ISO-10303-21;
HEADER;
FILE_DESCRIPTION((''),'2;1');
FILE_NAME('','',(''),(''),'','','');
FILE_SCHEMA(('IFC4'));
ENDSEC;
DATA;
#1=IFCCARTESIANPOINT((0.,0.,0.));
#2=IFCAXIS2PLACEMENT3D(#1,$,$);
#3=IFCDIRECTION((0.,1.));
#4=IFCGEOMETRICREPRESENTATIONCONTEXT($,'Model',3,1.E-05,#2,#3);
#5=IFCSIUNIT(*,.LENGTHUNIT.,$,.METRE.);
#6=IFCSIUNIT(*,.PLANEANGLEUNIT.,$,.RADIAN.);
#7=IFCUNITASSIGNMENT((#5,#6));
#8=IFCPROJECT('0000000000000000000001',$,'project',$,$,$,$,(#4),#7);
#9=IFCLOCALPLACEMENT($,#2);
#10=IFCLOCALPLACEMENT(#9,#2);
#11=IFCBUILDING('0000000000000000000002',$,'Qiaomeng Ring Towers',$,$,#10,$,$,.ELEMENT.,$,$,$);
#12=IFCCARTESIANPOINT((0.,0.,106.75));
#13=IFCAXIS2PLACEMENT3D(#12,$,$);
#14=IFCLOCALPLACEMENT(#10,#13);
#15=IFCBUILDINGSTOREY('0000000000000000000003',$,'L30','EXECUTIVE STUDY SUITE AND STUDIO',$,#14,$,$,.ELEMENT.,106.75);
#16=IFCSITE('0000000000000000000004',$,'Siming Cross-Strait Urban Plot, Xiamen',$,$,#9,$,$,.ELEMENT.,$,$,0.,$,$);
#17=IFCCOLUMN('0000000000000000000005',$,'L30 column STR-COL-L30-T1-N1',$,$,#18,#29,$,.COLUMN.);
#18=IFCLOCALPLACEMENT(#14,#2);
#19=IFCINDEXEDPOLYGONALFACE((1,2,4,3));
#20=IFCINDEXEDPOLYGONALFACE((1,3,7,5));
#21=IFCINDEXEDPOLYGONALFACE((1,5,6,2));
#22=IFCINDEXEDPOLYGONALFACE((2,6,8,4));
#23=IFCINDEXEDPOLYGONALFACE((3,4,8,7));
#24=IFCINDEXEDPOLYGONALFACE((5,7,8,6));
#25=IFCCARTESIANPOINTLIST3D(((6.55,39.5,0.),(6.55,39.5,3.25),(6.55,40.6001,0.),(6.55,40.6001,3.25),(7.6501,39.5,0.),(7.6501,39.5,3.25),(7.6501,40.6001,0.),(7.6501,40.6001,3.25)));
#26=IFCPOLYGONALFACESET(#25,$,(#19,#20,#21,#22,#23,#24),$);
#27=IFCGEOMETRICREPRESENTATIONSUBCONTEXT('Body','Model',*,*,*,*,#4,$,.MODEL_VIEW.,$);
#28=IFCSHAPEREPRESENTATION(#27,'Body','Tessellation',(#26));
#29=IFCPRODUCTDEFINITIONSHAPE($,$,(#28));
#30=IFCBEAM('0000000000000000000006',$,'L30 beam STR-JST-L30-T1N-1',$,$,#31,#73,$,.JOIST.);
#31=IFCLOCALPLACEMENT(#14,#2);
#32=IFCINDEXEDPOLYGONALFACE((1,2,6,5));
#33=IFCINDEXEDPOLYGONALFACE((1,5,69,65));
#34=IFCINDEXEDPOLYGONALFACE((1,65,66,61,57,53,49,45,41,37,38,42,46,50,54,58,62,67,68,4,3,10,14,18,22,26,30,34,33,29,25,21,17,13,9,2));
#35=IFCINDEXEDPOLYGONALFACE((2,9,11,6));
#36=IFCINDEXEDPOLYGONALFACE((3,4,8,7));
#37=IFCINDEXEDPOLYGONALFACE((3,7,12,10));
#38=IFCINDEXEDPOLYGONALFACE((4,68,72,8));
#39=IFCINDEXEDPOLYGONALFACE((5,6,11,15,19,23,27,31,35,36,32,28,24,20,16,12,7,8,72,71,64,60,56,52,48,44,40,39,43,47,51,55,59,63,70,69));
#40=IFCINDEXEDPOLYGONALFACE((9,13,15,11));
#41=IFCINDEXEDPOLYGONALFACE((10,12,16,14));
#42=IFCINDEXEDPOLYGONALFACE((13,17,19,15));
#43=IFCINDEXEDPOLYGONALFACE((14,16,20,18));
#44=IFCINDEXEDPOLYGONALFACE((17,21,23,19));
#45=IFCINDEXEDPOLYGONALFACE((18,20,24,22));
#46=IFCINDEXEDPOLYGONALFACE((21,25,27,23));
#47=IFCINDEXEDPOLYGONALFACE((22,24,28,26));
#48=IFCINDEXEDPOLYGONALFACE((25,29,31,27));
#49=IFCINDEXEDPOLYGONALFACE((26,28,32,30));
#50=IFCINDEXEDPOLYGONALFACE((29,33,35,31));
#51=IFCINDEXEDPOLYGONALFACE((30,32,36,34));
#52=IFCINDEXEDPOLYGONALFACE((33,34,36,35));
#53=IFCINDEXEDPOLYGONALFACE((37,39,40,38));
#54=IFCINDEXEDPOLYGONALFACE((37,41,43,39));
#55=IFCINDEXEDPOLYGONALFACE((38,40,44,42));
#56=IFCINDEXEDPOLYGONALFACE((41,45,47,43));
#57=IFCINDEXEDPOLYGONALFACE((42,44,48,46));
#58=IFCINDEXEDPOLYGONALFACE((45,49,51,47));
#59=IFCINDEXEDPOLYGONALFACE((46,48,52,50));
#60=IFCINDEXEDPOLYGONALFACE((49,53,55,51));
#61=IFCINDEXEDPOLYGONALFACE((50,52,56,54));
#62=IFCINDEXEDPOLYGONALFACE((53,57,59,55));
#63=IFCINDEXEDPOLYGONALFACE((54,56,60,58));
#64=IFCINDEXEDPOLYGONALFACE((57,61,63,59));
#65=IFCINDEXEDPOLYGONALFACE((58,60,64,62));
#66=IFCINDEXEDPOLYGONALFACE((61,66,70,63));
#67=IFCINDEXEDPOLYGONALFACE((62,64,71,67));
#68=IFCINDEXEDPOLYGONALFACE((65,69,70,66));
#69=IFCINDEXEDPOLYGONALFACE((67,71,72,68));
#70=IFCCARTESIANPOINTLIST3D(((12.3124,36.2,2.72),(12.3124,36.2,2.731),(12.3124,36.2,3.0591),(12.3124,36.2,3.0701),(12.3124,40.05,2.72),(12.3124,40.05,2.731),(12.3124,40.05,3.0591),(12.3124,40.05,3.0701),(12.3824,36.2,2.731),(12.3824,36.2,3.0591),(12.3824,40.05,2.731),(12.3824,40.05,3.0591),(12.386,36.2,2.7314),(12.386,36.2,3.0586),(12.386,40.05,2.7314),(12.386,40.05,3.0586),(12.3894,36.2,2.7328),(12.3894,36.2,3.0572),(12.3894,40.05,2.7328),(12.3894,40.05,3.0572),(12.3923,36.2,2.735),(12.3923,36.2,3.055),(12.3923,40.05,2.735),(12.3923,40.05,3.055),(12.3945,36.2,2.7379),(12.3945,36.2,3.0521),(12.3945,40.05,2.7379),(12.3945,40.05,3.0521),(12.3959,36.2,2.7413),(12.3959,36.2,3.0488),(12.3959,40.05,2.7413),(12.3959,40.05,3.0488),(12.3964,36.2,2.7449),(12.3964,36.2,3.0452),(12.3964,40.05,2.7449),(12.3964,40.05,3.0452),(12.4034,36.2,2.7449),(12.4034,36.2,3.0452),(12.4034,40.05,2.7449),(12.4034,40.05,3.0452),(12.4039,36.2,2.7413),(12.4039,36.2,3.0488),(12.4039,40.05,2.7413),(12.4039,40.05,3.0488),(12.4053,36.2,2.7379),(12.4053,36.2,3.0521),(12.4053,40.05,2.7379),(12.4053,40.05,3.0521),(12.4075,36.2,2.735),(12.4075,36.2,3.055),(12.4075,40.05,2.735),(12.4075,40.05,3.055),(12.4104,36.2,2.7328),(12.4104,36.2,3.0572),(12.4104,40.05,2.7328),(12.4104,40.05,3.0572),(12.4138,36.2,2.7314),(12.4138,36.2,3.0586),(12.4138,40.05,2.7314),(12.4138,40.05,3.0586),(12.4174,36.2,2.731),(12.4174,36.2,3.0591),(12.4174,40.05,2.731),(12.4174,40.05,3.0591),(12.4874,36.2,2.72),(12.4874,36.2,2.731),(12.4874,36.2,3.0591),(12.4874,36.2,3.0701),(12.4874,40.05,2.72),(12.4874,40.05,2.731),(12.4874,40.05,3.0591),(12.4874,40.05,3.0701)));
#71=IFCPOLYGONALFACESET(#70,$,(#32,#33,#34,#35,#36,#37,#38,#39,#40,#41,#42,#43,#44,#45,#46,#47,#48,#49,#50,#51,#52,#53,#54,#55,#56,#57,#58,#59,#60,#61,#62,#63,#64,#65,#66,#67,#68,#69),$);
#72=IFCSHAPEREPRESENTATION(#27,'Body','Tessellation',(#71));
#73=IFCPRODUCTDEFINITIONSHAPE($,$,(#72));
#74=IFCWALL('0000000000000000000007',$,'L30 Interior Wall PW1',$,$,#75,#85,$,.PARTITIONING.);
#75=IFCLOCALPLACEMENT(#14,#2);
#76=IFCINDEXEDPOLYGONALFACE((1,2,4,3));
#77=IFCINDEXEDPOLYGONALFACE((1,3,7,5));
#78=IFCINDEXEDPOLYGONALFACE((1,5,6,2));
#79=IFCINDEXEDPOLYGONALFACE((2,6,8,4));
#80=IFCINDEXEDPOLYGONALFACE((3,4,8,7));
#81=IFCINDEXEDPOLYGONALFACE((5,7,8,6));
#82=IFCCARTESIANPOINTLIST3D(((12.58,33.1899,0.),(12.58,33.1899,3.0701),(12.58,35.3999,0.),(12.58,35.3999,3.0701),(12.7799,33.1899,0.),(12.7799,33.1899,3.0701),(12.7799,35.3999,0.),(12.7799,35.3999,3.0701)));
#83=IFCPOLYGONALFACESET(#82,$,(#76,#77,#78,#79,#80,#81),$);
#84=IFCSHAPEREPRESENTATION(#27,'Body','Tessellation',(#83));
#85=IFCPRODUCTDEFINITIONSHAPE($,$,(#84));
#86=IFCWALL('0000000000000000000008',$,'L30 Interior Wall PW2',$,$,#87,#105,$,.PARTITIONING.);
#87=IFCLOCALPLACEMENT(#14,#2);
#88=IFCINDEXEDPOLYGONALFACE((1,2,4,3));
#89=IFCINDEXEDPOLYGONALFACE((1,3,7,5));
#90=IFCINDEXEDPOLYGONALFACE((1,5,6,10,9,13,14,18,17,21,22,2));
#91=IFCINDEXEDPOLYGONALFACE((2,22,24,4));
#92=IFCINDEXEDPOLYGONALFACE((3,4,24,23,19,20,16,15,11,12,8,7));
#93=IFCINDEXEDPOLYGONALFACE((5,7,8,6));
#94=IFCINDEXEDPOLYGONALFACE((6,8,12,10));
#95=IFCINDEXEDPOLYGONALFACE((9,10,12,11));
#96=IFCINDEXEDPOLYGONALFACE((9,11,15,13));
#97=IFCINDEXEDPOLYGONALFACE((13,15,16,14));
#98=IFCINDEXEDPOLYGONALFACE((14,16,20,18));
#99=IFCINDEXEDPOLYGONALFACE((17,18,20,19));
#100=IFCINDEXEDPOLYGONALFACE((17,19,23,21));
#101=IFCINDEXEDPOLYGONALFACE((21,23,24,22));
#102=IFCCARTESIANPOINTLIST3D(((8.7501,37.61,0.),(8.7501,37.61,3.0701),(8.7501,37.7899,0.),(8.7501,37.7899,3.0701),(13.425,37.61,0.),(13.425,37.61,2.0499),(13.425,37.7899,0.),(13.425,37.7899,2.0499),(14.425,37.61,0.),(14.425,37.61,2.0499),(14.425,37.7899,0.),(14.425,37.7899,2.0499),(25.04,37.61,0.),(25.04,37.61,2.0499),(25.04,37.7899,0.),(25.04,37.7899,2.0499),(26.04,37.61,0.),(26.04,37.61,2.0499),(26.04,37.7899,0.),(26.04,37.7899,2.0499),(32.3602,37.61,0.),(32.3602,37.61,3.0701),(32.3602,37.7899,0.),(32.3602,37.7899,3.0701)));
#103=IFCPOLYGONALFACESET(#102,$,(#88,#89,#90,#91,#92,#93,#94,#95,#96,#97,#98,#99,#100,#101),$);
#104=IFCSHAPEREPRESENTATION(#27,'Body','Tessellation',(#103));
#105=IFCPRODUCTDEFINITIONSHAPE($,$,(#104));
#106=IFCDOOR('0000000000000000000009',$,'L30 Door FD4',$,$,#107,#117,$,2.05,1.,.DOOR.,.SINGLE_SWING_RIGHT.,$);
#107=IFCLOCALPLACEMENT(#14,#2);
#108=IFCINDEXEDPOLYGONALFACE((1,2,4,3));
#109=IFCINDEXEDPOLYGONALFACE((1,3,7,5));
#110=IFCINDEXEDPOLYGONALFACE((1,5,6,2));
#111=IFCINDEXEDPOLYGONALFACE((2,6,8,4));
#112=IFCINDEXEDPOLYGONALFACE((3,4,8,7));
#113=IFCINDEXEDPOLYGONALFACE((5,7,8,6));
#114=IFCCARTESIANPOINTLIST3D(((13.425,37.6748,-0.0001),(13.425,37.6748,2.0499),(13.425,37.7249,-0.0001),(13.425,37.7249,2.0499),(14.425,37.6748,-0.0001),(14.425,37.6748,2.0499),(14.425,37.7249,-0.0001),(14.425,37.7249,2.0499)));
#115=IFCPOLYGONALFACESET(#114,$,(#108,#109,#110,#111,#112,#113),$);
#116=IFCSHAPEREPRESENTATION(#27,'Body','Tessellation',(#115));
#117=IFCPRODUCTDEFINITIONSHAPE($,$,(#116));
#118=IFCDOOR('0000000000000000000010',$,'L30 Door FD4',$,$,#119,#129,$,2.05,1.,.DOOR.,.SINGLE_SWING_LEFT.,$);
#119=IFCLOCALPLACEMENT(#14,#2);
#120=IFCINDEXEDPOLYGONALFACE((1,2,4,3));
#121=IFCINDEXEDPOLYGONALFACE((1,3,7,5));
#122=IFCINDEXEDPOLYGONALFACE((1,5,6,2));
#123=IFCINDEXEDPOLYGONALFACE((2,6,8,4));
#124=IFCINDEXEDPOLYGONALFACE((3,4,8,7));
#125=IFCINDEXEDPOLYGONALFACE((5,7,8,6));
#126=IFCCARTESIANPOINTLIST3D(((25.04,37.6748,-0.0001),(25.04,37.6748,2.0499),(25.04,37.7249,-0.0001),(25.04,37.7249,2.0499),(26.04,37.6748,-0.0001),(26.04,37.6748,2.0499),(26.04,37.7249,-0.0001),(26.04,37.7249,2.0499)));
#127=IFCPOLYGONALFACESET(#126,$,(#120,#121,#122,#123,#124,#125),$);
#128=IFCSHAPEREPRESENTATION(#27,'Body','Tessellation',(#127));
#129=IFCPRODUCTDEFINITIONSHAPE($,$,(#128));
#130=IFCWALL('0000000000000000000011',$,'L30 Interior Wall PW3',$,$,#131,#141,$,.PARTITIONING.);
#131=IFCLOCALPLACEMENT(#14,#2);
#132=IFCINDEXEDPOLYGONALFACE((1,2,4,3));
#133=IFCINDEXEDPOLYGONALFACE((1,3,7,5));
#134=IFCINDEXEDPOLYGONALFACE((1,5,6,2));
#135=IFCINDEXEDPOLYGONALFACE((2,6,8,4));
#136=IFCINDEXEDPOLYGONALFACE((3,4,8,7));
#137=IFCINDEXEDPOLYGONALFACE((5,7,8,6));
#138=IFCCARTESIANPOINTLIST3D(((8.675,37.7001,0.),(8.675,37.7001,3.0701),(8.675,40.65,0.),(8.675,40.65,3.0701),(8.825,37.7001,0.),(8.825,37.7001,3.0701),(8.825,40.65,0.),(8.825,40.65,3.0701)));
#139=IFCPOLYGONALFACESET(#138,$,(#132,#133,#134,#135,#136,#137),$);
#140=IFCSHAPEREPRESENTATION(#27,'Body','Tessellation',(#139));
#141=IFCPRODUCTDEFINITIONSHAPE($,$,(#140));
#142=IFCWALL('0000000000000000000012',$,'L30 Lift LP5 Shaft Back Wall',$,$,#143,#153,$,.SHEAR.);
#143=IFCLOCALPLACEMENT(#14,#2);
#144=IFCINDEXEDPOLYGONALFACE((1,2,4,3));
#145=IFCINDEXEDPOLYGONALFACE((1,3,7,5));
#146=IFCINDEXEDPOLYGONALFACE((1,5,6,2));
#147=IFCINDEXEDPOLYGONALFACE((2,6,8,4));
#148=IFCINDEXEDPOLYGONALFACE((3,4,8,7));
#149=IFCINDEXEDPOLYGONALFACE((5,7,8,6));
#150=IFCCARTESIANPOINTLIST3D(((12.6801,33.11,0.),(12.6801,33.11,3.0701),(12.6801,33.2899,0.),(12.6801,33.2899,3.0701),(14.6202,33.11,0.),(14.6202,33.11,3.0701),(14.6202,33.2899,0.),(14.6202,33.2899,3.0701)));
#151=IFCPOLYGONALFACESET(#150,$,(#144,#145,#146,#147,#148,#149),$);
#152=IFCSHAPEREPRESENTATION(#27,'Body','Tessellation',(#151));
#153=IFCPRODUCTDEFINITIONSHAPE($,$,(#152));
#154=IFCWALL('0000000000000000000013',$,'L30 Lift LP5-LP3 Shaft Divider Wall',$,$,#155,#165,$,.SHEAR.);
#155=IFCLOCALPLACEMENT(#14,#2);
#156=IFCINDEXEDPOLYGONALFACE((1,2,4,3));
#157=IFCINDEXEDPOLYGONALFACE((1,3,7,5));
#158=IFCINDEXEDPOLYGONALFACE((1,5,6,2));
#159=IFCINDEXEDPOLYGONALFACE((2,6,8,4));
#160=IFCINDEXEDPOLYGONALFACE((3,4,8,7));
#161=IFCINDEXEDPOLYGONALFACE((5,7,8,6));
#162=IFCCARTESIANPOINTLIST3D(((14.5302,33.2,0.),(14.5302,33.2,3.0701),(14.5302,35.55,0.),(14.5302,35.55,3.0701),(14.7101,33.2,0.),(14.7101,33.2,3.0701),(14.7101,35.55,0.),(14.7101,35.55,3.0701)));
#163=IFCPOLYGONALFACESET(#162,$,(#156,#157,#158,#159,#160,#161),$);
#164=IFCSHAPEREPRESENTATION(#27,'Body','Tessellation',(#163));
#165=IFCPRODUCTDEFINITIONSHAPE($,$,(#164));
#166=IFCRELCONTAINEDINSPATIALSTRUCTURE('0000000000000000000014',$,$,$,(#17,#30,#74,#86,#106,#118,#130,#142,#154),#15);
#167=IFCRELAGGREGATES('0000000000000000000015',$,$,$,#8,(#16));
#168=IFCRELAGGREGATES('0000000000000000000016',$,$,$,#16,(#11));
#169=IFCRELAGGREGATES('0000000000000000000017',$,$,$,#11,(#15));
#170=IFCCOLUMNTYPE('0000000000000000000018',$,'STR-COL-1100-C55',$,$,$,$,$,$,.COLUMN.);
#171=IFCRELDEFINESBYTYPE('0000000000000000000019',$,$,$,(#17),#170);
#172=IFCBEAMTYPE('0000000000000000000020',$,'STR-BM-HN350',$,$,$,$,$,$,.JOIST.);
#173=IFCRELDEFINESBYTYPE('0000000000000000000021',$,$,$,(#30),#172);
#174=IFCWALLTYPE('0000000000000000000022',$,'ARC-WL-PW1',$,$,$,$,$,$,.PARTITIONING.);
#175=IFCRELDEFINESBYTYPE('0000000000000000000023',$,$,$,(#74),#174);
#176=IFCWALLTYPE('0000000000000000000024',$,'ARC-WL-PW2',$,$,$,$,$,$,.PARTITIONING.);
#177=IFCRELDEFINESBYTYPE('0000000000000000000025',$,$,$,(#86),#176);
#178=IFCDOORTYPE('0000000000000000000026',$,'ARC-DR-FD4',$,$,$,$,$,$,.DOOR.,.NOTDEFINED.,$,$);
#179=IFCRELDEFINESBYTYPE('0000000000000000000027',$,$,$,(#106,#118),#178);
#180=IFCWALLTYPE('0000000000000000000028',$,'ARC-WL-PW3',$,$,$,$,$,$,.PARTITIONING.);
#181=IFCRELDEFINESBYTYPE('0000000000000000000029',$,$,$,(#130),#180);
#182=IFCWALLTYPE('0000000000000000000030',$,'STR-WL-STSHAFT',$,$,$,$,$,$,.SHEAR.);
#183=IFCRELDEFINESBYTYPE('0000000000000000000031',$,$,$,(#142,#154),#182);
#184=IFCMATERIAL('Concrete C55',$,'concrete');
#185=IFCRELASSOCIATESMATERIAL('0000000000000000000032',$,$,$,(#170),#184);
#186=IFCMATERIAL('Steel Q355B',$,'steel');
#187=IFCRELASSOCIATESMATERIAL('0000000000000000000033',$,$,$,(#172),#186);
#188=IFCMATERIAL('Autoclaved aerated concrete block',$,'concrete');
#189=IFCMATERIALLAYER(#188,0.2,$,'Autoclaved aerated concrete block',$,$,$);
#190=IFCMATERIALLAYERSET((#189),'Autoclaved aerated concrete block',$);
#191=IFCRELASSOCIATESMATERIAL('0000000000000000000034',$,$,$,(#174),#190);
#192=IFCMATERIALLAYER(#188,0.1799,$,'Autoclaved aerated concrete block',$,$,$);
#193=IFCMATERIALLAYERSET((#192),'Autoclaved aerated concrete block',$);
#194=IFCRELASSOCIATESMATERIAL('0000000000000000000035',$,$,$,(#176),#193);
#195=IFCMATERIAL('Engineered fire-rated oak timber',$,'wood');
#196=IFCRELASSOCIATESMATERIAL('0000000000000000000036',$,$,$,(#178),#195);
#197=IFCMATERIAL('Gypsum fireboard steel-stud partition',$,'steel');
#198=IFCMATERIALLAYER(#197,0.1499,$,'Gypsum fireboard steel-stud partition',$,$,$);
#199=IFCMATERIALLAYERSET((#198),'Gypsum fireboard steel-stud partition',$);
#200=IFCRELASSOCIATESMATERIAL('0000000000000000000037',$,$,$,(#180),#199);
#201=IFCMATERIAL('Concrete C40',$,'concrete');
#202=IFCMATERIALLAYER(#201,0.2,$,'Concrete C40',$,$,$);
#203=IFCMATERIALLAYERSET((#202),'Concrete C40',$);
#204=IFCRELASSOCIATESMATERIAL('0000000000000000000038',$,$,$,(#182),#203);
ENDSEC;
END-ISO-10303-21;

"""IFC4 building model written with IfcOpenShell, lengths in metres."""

from ifc_helpers import new_model, si_unit, direction, frame, frame_2d, origin, origin_2d, place, context, subcontext, project, spatial, rectangle, i_section, extrude, source, transform, mapped, material, layer, layer_set, material_profile, profile_set, type_object, element, fill, save


model = new_model("IFC4")

# Units and contexts
model_context = context("Model", 3, precision=1e-05, world=origin(), true_north=direction((0.0, 1.0)))
body_context = subcontext(model_context, "Body", "Model", "MODEL_VIEW")
ifc_project = project(units=[si_unit("LENGTHUNIT", "METRE"), si_unit("PLANEANGLEUNIT", "RADIAN")], contexts=[model_context])

# Site, building, storey
site_placement = place(None, origin())
site = spatial("IfcSite", under=ifc_project, at=site_placement, Name="Siming Cross-Strait Urban Plot, Xiamen", CompositionType="ELEMENT", RefElevation=0.0)
building_placement = place(site_placement, origin())
building = spatial("IfcBuilding", under=site, at=building_placement, Name="Qiaomeng Ring Towers", CompositionType="ELEMENT")
storey_placement = place(building_placement, frame((0.0, 0.0, 106.75)))
storey = spatial("IfcBuildingStorey", under=building, at=storey_placement, Name="L30", Description="EXECUTIVE STUDY SUITE AND STUDIO", CompositionType="ELEMENT", Elevation=106.75)

# Column
ifc_material_1 = material(Name="Concrete C55", Category="concrete")
ifc_material_profile_1 = material_profile(ifc_material_1, rectangle(XDim=1.1001, YDim=1.1001, at=origin_2d()), Name="RC COL 1100x1100")
ifc_profile_set_1 = profile_set([ifc_material_profile_1], Name="Concrete C55")
column_type = type_object("IfcColumnType", Name="STR-COL-1100-C55", PredefinedType="COLUMN", material=ifc_profile_set_1)
shared_shape_1 = source(origin(), body_context, "Body", "SweptSolid", [
    extrude(rectangle(XDim=1.1001, YDim=1.1001, at=origin_2d()), origin(), (0.0, 0.0, 1.0), 3.25),
])
column_placement = place(storey_placement, frame((7.1001, 40.05, 0.0), z_axis=(0.0, 0.0, 1.0), x_axis=(1.0, 0.0, 0.0)))
element("IfcColumn", 1, at=column_placement, inside=storey, type_object=column_type, Name="L30 column STR-COL-L30-T1-N1", PredefinedType="COLUMN", context=body_context, shape_type="MappedRepresentation", body=[
    mapped(shared_shape_1, transform((0.0, 0.0, 0.0), x_axis=(1.0, 0.0, 0.0), y_axis=(0.0, 1.0, 0.0), z_axis=(0.0, 0.0, 1.0), scale=1.0)),
])

# Beam
ifc_material_2 = material(Name="Steel Q355B", Category="steel")
ifc_material_profile_2 = material_profile(ifc_material_2, i_section(OverallWidth=0.175, OverallDepth=0.3501, WebThickness=0.0071, FlangeThickness=0.011, FilletRadius=0.0139, at=origin_2d()), Name="HN 350x175x7x11")
ifc_profile_set_2 = profile_set([ifc_material_profile_2], Name="Steel Q355B")
beam_type = type_object("IfcBeamType", Name="STR-BM-HN350", PredefinedType="JOIST", material=ifc_profile_set_2)
shared_shape_2 = source(origin(), body_context, "Body", "SweptSolid", [
    extrude(i_section(OverallWidth=0.175, OverallDepth=0.3501, WebThickness=0.0071, FlangeThickness=0.011, FilletRadius=0.0139, at=origin_2d()), origin(), (0.0, 0.0, 1.0), 3.8501),
])
beam_placement = place(storey_placement, frame((12.3999, 36.2, 2.895), z_axis=(0.0, 1.0, 0.0), x_axis=(-1.0, 0.0, 0.0)))
element("IfcBeam", 2, at=beam_placement, inside=storey, type_object=beam_type, Name="L30 beam STR-JST-L30-T1N-1", PredefinedType="JOIST", context=body_context, shape_type="MappedRepresentation", body=[
    mapped(shared_shape_2, transform((0.0, 0.0, 0.0), x_axis=(1.0, 0.0, 0.0), y_axis=(0.0, 1.0, 0.0), z_axis=(0.0, 0.0, 1.0), scale=1.0)),
])

# Wall
ifc_material_3 = material(Name="Autoclaved aerated concrete block", Category="concrete")
ifc_layer_1 = layer(ifc_material_3, 0.2, Name="Autoclaved aerated concrete block")
ifc_layer_set_1 = layer_set([ifc_layer_1], Name="Autoclaved aerated concrete block")
wall_type_1 = type_object("IfcWallType", Name="ARC-WL-PW1", PredefinedType="PARTITIONING", material=ifc_layer_set_1)
wall_1_placement = place(storey_placement, frame((12.6799, 33.1899, 0.0), z_axis=(0.0, 0.0, 1.0), x_axis=(0.0, 1.0, 0.0)))
element("IfcWall", 3, at=wall_1_placement, inside=storey, type_object=wall_type_1, Name="L30 Interior Wall PW1", PredefinedType="PARTITIONING", context=body_context, shape_type="SweptSolid", body=[
    extrude(rectangle(XDim=2.21, YDim=0.2, at=frame_2d((1.105, 0.0))), origin(), (0.0, 0.0, 1.0), 3.0701),
])

# Wall, openings, doors
ifc_layer_2 = layer(ifc_material_3, 0.1799, Name="Autoclaved aerated concrete block")
ifc_layer_set_2 = layer_set([ifc_layer_2], Name="Autoclaved aerated concrete block")
wall_type_2 = type_object("IfcWallType", Name="ARC-WL-PW2", PredefinedType="PARTITIONING", material=ifc_layer_set_2)
wall_2_placement = place(storey_placement, frame((8.75, 37.7, 0.0), z_axis=(0.0, 0.0, 1.0), x_axis=(1.0, 0.0, 0.0)))
wall_2 = element("IfcWall", 4, at=wall_2_placement, inside=storey, type_object=wall_type_2, Name="L30 Interior Wall PW2", PredefinedType="PARTITIONING", context=body_context, shape_type="SweptSolid", body=[
    extrude(rectangle(XDim=23.6101, YDim=0.1799, at=frame_2d((11.8052, 0.0))), origin(), (0.0, 0.0, 1.0), 3.0701),
])
opening_1_placement = place(wall_2_placement, frame((4.675, 0.0, 0.0)))
opening_1 = element("IfcOpeningElement", 5, at=opening_1_placement, cuts=wall_2, PredefinedType="OPENING", context=body_context, shape_type="SweptSolid", body=[
    extrude(rectangle(XDim=1.0, YDim=2.05, at=frame_2d((0.5, 1.0249))), frame((0.0, 0.0999, 0.0), z_axis=(0.0, -1.0, 0.0), x_axis=(1.0, 0.0, 0.0)), (0.0, 0.0, 1.0), 0.2),
])
opening_2_placement = place(wall_2_placement, frame((16.29, 0.0, 0.0)))
opening_2 = element("IfcOpeningElement", 6, at=opening_2_placement, cuts=wall_2, PredefinedType="OPENING", context=body_context, shape_type="SweptSolid", body=[
    extrude(rectangle(XDim=1.0, YDim=2.05, at=frame_2d((0.5, 1.0249))), frame((0.0, 0.0999, 0.0), z_axis=(0.0, -1.0, 0.0), x_axis=(1.0, 0.0, 0.0)), (0.0, 0.0, 1.0), 0.2),
])
ifc_material_4 = material(Name="Engineered fire-rated oak timber", Category="wood")
door_type_1 = type_object("IfcDoorType", Name="ARC-DR-FD4", OperationType="NOTDEFINED", PredefinedType="DOOR", material=ifc_material_4)
shared_shape_3 = source(origin(), body_context, "Body", "SweptSolid", [
    extrude(rectangle(XDim=1.0, YDim=2.05, at=frame_2d((0.5, 1.0249))), frame((0.0, 0.0249, 0.0), z_axis=(0.0, -1.0, 0.0), x_axis=(1.0, 0.0, 0.0)), (0.0, 0.0, 1.0), 0.05),
])
door_1_placement = place(opening_1_placement, origin())
door_1 = element("IfcDoor", 7, at=door_1_placement, inside=storey, type_object=door_type_1, Name="L30 Door FD4", OperationType="SINGLE_SWING_RIGHT", OverallHeight=2.05, OverallWidth=1.0, PredefinedType="DOOR", context=body_context, shape_type="MappedRepresentation", body=[
    mapped(shared_shape_3, transform((0.0, 0.0, 0.0), x_axis=(1.0, 0.0, 0.0), y_axis=(0.0, 1.0, 0.0), z_axis=(0.0, 0.0, 1.0), scale=1.0)),
])
fill(opening_1, door_1)
door_2_placement = place(opening_2_placement, origin())
door_2 = element("IfcDoor", 8, at=door_2_placement, inside=storey, type_object=door_type_1, Name="L30 Door FD4", OperationType="SINGLE_SWING_LEFT", OverallHeight=2.05, OverallWidth=1.0, PredefinedType="DOOR", context=body_context, shape_type="MappedRepresentation", body=[
    mapped(shared_shape_3, transform((0.0, 0.0, 0.0), x_axis=(1.0, 0.0, 0.0), y_axis=(0.0, 1.0, 0.0), z_axis=(0.0, 0.0, 1.0), scale=1.0)),
])
fill(opening_2, door_2)

# Walls
ifc_material_5 = material(Name="Gypsum fireboard steel-stud partition", Category="steel")
ifc_layer_3 = layer(ifc_material_5, 0.1499, Name="Gypsum fireboard steel-stud partition")
ifc_layer_set_3 = layer_set([ifc_layer_3], Name="Gypsum fireboard steel-stud partition")
wall_type_3 = type_object("IfcWallType", Name="ARC-WL-PW3", PredefinedType="PARTITIONING", material=ifc_layer_set_3)
wall_3_placement = place(storey_placement, frame((8.75, 37.7, 0.0), z_axis=(0.0, 0.0, 1.0), x_axis=(0.0, 1.0, 0.0)))
element("IfcWall", 9, at=wall_3_placement, inside=storey, type_object=wall_type_3, Name="L30 Interior Wall PW3", PredefinedType="PARTITIONING", context=body_context, shape_type="SweptSolid", body=[
    extrude(rectangle(XDim=2.95, YDim=0.1499, at=frame_2d((1.4751, 0.0))), origin(), (0.0, 0.0, 1.0), 3.0701),
])
ifc_material_6 = material(Name="Concrete C40", Category="concrete")
ifc_layer_4 = layer(ifc_material_6, 0.2, Name="Concrete C40")
ifc_layer_set_4 = layer_set([ifc_layer_4], Name="Concrete C40")
wall_type_4 = type_object("IfcWallType", Name="STR-WL-STSHAFT", PredefinedType="SHEAR", material=ifc_layer_set_4)
wall_4_placement = place(storey_placement, frame((12.6799, 33.2, 0.0), z_axis=(0.0, 0.0, 1.0), x_axis=(1.0, 0.0, 0.0)))
element("IfcWall", 10, at=wall_4_placement, inside=storey, type_object=wall_type_4, Name="L30 Lift LP5 Shaft Back Wall", PredefinedType="SHEAR", context=body_context, shape_type="SweptSolid", body=[
    extrude(rectangle(XDim=1.9402, YDim=0.1799, at=frame_2d((0.9702, 0.0))), origin(), (0.0, 0.0, 1.0), 3.0701),
])
wall_5_placement = place(storey_placement, frame((14.6201, 33.2, 0.0), z_axis=(0.0, 0.0, 1.0), x_axis=(0.0, 1.0, 0.0)))
element("IfcWall", 11, at=wall_5_placement, inside=storey, type_object=wall_type_4, Name="L30 Lift LP5-LP3 Shaft Divider Wall", PredefinedType="SHEAR", context=body_context, shape_type="SweptSolid", body=[
    extrude(rectangle(XDim=2.3501, YDim=0.1799, at=frame_2d((1.175, 0.0))), origin(), (0.0, 0.0, 1.0), 3.0701),
])

save(model, "model.ifc")
